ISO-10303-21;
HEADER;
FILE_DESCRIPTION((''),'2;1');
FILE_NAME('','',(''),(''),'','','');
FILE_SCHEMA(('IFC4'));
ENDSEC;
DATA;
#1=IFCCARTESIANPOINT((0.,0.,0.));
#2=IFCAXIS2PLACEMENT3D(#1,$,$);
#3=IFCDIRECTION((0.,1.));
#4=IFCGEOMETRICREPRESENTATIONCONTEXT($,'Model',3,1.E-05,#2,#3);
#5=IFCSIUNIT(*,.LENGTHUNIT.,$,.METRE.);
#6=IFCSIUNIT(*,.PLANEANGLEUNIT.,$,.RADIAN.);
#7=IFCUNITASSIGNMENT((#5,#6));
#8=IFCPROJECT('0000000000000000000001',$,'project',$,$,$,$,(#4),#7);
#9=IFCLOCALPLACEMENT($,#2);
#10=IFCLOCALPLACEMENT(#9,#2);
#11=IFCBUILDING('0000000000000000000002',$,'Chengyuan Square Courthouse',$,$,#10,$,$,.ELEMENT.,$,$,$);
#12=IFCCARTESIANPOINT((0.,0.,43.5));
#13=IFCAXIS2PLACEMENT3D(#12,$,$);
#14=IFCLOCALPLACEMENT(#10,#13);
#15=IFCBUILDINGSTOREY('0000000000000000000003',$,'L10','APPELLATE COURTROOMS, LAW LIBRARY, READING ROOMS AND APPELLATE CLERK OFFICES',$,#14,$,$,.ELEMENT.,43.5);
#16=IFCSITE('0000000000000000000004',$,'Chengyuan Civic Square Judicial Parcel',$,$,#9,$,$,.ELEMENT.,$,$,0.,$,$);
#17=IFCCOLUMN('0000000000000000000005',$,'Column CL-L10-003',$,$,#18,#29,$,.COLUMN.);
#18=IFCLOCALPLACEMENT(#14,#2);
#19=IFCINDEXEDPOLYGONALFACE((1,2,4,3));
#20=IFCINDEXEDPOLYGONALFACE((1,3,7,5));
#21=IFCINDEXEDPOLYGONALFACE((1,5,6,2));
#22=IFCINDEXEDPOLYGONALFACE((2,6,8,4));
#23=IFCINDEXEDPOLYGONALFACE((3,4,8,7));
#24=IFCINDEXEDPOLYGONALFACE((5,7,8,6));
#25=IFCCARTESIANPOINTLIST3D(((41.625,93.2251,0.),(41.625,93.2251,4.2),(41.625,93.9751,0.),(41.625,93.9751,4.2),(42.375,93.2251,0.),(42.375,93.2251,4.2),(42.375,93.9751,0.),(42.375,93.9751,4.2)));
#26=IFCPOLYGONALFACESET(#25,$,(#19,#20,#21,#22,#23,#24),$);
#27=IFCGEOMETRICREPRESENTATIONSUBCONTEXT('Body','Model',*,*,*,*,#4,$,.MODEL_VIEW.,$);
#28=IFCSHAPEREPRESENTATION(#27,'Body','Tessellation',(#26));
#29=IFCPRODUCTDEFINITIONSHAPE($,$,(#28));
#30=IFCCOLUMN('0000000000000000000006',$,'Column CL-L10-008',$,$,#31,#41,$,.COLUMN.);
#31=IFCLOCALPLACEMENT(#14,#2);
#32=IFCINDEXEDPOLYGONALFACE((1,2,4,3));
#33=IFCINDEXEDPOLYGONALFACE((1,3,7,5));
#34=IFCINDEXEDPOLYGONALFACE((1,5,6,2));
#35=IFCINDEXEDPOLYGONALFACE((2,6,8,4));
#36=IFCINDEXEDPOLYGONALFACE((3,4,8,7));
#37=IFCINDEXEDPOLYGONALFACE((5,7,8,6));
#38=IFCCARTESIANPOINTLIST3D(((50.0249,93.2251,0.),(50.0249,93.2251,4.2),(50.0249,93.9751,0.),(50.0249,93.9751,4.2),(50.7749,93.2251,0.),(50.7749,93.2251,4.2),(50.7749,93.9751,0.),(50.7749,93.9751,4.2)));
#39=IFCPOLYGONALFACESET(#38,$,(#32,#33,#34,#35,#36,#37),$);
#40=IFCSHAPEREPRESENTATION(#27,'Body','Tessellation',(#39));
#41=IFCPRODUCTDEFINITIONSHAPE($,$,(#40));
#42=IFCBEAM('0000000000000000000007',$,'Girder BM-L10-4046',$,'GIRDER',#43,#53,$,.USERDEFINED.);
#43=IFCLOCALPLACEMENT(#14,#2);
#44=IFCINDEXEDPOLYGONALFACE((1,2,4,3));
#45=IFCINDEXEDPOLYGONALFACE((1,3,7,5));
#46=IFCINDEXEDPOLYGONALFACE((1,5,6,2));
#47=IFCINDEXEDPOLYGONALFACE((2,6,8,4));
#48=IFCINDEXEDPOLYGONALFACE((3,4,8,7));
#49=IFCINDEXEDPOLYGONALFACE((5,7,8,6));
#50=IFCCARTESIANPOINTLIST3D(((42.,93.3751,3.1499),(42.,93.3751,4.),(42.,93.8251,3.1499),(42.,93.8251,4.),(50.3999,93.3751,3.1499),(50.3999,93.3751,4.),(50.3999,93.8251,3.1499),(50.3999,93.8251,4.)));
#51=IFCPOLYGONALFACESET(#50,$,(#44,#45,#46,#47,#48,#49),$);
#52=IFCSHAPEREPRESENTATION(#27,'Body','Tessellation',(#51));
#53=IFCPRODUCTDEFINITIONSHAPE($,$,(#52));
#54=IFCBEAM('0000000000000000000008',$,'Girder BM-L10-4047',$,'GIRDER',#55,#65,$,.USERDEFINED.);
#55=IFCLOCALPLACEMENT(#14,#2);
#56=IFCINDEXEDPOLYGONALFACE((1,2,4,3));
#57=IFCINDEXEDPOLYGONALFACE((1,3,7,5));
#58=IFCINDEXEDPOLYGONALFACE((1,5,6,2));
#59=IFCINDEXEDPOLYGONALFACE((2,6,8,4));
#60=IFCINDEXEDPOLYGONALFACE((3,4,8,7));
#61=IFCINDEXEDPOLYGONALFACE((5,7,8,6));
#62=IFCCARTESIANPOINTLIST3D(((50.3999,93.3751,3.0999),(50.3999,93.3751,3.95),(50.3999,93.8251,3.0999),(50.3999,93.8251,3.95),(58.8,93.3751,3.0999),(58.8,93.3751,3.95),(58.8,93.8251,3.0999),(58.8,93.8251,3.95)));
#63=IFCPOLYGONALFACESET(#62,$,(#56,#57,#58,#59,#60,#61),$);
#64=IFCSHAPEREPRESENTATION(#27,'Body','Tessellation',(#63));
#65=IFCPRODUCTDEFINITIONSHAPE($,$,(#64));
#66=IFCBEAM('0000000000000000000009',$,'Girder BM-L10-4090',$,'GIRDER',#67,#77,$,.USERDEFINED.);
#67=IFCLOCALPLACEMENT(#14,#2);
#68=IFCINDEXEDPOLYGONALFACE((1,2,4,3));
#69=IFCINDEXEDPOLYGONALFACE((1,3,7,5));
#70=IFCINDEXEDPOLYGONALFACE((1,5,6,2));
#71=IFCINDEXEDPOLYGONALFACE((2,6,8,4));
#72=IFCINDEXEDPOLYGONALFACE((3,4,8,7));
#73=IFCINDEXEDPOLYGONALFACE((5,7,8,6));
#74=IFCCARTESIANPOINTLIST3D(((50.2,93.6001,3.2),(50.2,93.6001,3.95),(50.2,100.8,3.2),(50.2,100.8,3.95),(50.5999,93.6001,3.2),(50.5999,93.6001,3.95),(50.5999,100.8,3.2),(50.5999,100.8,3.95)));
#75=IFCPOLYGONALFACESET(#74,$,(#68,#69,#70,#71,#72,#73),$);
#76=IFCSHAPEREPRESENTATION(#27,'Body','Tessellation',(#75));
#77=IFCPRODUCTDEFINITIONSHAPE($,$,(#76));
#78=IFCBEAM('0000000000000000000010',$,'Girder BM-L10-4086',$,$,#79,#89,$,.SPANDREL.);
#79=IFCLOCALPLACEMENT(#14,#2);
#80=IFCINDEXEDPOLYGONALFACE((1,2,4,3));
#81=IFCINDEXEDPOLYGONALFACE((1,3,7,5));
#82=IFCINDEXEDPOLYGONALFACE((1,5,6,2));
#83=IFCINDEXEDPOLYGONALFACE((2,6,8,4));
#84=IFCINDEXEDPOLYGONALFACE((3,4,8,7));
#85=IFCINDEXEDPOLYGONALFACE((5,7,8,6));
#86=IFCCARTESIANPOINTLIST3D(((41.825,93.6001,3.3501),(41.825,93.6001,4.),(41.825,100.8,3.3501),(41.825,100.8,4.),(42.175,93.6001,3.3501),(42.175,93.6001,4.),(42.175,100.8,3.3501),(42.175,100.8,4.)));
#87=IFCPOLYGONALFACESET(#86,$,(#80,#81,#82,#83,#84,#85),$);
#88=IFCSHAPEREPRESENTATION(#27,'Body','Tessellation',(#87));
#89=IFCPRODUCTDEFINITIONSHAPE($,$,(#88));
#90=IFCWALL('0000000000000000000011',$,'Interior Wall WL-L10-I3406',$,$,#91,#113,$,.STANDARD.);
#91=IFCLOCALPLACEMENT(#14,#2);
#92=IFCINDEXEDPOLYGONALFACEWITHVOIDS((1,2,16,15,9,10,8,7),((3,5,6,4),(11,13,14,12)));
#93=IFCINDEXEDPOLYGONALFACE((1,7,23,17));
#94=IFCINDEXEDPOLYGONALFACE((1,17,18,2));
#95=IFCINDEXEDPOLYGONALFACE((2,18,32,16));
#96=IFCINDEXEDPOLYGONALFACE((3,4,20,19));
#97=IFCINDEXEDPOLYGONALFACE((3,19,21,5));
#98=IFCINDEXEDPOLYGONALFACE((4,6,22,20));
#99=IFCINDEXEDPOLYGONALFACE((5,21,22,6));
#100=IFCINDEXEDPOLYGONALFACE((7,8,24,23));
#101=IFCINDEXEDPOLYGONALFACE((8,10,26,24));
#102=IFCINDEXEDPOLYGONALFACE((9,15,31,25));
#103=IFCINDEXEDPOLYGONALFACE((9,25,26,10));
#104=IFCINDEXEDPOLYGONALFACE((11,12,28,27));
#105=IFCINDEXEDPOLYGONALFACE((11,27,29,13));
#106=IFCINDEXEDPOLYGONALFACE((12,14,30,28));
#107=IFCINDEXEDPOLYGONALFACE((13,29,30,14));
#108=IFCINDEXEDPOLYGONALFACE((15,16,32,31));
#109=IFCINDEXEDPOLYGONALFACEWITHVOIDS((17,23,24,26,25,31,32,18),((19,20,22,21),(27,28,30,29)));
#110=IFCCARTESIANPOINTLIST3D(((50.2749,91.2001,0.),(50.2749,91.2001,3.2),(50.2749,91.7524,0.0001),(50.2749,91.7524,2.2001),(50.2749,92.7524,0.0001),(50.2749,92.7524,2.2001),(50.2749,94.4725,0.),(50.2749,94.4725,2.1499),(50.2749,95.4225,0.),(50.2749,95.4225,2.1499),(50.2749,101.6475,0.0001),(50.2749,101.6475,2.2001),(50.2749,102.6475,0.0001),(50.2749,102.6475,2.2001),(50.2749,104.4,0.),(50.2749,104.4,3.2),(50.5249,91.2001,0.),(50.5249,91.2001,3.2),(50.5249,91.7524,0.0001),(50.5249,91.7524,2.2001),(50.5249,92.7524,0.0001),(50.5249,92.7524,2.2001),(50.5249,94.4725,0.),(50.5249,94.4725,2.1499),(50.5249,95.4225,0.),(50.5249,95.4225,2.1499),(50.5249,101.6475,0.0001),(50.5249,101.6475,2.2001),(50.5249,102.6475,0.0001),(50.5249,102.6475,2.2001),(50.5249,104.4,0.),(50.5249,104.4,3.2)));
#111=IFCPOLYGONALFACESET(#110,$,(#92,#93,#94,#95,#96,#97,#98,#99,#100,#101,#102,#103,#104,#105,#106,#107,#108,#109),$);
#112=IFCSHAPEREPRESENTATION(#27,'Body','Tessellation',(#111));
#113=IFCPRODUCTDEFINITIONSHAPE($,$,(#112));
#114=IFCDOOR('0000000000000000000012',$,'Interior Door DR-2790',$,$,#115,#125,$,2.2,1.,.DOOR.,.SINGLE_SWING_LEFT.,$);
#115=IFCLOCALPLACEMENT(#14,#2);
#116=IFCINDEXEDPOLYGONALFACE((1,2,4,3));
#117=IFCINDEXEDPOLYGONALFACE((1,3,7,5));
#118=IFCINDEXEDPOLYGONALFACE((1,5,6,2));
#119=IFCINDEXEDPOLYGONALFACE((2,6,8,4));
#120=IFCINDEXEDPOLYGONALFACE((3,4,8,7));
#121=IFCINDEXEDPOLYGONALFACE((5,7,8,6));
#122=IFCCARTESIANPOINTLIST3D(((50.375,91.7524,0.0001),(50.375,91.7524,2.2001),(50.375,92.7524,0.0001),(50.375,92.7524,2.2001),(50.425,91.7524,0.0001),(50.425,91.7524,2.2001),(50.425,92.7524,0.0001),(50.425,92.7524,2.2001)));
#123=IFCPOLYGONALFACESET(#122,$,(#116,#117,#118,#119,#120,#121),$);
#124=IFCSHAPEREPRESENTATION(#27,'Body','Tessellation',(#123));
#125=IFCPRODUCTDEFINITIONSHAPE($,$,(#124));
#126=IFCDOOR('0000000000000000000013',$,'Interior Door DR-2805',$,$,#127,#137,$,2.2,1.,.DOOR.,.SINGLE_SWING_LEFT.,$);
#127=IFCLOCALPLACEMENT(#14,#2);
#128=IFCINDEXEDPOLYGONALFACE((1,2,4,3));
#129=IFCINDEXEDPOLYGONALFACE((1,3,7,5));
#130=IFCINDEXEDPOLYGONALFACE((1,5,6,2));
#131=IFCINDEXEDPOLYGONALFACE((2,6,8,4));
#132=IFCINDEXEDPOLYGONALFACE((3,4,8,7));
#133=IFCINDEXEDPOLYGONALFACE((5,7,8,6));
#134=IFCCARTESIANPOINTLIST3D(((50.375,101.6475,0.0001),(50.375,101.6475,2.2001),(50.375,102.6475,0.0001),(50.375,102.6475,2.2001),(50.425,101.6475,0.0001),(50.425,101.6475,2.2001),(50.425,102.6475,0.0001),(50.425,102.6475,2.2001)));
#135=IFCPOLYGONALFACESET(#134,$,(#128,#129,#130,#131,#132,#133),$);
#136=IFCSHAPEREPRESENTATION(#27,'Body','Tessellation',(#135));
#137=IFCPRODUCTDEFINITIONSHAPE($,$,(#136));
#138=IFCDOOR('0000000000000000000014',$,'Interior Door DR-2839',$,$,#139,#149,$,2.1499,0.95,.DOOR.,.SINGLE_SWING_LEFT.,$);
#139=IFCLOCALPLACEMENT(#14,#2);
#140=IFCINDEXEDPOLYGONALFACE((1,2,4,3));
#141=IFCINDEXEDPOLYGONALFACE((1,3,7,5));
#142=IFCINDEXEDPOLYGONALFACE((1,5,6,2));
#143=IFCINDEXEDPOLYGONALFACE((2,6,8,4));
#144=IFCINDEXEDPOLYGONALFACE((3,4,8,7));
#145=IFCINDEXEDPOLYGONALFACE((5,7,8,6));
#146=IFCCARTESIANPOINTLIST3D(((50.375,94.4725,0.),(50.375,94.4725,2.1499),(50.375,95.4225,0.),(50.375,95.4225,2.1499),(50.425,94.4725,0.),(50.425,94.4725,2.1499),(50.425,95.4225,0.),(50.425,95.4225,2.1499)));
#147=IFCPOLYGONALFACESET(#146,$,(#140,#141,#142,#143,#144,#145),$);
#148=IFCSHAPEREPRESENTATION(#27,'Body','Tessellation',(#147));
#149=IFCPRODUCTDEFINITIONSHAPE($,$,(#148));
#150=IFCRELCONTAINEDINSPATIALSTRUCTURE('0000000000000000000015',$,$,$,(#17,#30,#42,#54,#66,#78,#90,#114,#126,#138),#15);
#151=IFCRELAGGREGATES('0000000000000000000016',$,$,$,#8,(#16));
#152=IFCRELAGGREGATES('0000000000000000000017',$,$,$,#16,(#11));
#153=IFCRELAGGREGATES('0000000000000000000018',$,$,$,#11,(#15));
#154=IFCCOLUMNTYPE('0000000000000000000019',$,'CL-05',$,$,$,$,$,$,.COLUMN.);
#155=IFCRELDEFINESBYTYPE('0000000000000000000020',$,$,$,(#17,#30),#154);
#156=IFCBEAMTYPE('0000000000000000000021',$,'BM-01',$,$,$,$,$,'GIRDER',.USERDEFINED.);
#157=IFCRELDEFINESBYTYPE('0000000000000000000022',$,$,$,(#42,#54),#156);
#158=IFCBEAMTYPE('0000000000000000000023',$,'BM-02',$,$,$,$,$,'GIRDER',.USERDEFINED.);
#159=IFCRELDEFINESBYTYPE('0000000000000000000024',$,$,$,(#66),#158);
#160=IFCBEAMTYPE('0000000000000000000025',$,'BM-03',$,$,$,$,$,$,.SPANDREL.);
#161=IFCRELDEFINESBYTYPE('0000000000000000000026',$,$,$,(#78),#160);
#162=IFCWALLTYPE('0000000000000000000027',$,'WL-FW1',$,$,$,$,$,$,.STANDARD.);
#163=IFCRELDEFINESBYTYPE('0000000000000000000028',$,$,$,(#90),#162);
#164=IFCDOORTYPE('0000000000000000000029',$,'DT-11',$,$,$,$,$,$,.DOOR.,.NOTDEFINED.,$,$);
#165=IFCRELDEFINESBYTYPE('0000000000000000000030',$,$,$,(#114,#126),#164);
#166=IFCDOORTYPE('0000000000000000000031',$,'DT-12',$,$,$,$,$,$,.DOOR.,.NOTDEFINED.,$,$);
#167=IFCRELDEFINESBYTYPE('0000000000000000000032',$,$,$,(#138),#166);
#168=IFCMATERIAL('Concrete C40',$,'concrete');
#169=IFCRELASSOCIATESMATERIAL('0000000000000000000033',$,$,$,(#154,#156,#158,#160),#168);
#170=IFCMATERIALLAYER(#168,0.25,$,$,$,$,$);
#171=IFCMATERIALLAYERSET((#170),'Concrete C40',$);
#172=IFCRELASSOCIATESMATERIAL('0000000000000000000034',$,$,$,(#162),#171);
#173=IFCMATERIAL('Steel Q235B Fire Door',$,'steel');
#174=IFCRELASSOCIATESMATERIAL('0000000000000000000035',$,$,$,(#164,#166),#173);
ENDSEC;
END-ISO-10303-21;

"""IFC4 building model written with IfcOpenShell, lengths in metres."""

from ifc_helpers import new_model, si_unit, direction, frame, frame_2d, origin, origin_2d, place, context, subcontext, project, spatial, rectangle, extrude, material, layer, layer_set, material_profile, profile_set, type_object, element, fill, save


model = new_model("IFC4")

# Units and contexts
model_context = context("Model", 3, precision=1e-05, world=origin(), true_north=direction((0.0, 1.0)))
body_context = subcontext(model_context, "Body", "Model", "MODEL_VIEW")
ifc_project = project(units=[si_unit("LENGTHUNIT", "METRE"), si_unit("PLANEANGLEUNIT", "RADIAN")], contexts=[model_context])

# Site, building, storey
site_placement = place(None, origin())
site = spatial("IfcSite", under=ifc_project, at=site_placement, Name="Chengyuan Civic Square Judicial Parcel", CompositionType="ELEMENT", RefElevation=0.0)
building_placement = place(site_placement, origin())
building = spatial("IfcBuilding", under=site, at=building_placement, Name="Chengyuan Square Courthouse", CompositionType="ELEMENT")
storey_placement = place(building_placement, frame((0.0, 0.0, 43.5)))
storey = spatial("IfcBuildingStorey", under=building, at=storey_placement, Name="L10", Description="APPELLATE COURTROOMS, LAW LIBRARY, READING ROOMS AND APPELLATE CLERK OFFICES", CompositionType="ELEMENT", Elevation=43.5)

# Columns
ifc_material_1 = material(Name="Concrete C40", Category="concrete")
ifc_material_profile_1 = material_profile(ifc_material_1, rectangle(XDim=0.75, YDim=0.75, at=origin_2d()), Name="RC-COL-750x750")
ifc_profile_set_1 = profile_set([ifc_material_profile_1], Name="Concrete C40")
column_type = type_object("IfcColumnType", Name="CL-05", PredefinedType="COLUMN", material=ifc_profile_set_1)
for number, where, z_axis, x_axis, name in (
    (1, (42.0, 93.6001, 0.0), (0.0, 0.0, 1.0), (1.0, 0.0, 0.0), "Column CL-L10-003"),
    (2, (50.3999, 93.6001, 0.0), (0.0, 0.0, 1.0), (1.0, 0.0, 0.0), "Column CL-L10-008"),
):
    element("IfcColumn", number, at=place(storey_placement, frame(where, z_axis=z_axis, x_axis=x_axis)), inside=storey, type_object=column_type, Name=name, PredefinedType="COLUMN", context=body_context, shape_type="SweptSolid", body=[
        extrude(rectangle(XDim=0.75, YDim=0.75, at=origin_2d()), origin(), (0.0, 0.0, 1.0), 4.2),
    ])

# Beams
ifc_material_profile_2 = material_profile(ifc_material_1, rectangle(XDim=0.45, YDim=0.8501, at=origin_2d()), Name="RC-BM-450x850")
ifc_profile_set_2 = profile_set([ifc_material_profile_2], Name="Concrete C40")
beam_type_1 = type_object("IfcBeamType", Name="BM-01", ElementType="GIRDER", PredefinedType="USERDEFINED", material=ifc_profile_set_2)
beam_1_placement = place(storey_placement, frame((42.0, 93.6001, 3.575), z_axis=(1.0, 0.0, 0.0), x_axis=(0.0, 1.0, 0.0)))
element("IfcBeam", 3, at=beam_1_placement, inside=storey, type_object=beam_type_1, Name="Girder BM-L10-4046", ObjectType="GIRDER", PredefinedType="USERDEFINED", context=body_context, shape_type="SweptSolid", body=[
    extrude(rectangle(XDim=0.45, YDim=0.8501, at=origin_2d()), origin(), (0.0, 0.0, 1.0), 8.3999),
])
beam_2_placement = place(storey_placement, frame((50.3999, 93.6001, 3.5249), z_axis=(1.0, 0.0, 0.0), x_axis=(0.0, 1.0, 0.0)))
element("IfcBeam", 4, at=beam_2_placement, inside=storey, type_object=beam_type_1, Name="Girder BM-L10-4047", ObjectType="GIRDER", PredefinedType="USERDEFINED", context=body_context, shape_type="SweptSolid", body=[
    extrude(rectangle(XDim=0.45, YDim=0.8501, at=origin_2d()), origin(), (0.0, 0.0, 1.0), 8.4001),
])
ifc_material_profile_3 = material_profile(ifc_material_1, rectangle(XDim=0.3999, YDim=0.75, at=origin_2d()), Name="RC-BM-400x750")
ifc_profile_set_3 = profile_set([ifc_material_profile_3], Name="Concrete C40")
beam_type_2 = type_object("IfcBeamType", Name="BM-02", ElementType="GIRDER", PredefinedType="USERDEFINED", material=ifc_profile_set_3)
beam_3_placement = place(storey_placement, frame((50.3999, 93.6001, 3.575), z_axis=(0.0, 1.0, 0.0), x_axis=(-1.0, 0.0, 0.0)))
element("IfcBeam", 5, at=beam_3_placement, inside=storey, type_object=beam_type_2, Name="Girder BM-L10-4090", ObjectType="GIRDER", PredefinedType="USERDEFINED", context=body_context, shape_type="SweptSolid", body=[
    extrude(rectangle(XDim=0.3999, YDim=0.75, at=origin_2d()), origin(), (0.0, 0.0, 1.0), 7.2),
])
ifc_material_profile_4 = material_profile(ifc_material_1, rectangle(XDim=0.3501, YDim=0.6499, at=origin_2d()), Name="RC-BM-350x650")
ifc_profile_set_4 = profile_set([ifc_material_profile_4], Name="Concrete C40")
beam_type_3 = type_object("IfcBeamType", Name="BM-03", PredefinedType="SPANDREL", material=ifc_profile_set_4)
beam_4_placement = place(storey_placement, frame((42.0, 93.6001, 3.675), z_axis=(0.0, 1.0, 0.0), x_axis=(-1.0, 0.0, 0.0)))
element("IfcBeam", 6, at=beam_4_placement, inside=storey, type_object=beam_type_3, Name="Girder BM-L10-4086", PredefinedType="SPANDREL", context=body_context, shape_type="SweptSolid", body=[
    extrude(rectangle(XDim=0.3501, YDim=0.6499, at=origin_2d()), origin(), (0.0, 0.0, 1.0), 7.2),
])

# Shared definitions
ifc_layer_1 = layer(ifc_material_1, 0.25)
ifc_layer_set_1 = layer_set([ifc_layer_1], Name="Concrete C40")
wall_type_1 = type_object("IfcWallType", Name="WL-FW1", PredefinedType="STANDARD", material=ifc_layer_set_1)

# Wall, openings, doors
wall_1_placement = place(storey_placement, frame((50.3999, 91.2, 0.0), z_axis=(0.0, 0.0, 1.0), x_axis=(0.0, 1.0, 0.0)))
wall_1 = element("IfcWall", 7, at=wall_1_placement, inside=storey, type_object=wall_type_1, Name="Interior Wall WL-L10-I3406", PredefinedType="STANDARD", context=body_context, shape_type="SweptSolid", body=[
    extrude(rectangle(XDim=13.2, YDim=0.25, at=frame_2d((6.6001, 0.0))), origin(), (0.0, 0.0, 1.0), 3.2),
])
opening_1_placement = place(wall_1_placement, frame((0.5525, 0.0, 0.0)))
opening_1 = element("IfcOpeningElement", 8, at=opening_1_placement, cuts=wall_1, PredefinedType="OPENING", context=body_context, shape_type="SweptSolid", body=[
    extrude(rectangle(XDim=1.0, YDim=2.2, at=frame_2d((0.5, 1.1001))), frame((0.0, 0.137, 0.0), z_axis=(0.0, -1.0, 0.0), x_axis=(1.0, 0.0, 0.0)), (0.0, 0.0, 1.0), 0.2739),
])
opening_2_placement = place(wall_1_placement, frame((10.4475, 0.0, 0.0)))
opening_2 = element("IfcOpeningElement", 9, at=opening_2_placement, cuts=wall_1, PredefinedType="OPENING", context=body_context, shape_type="SweptSolid", body=[
    extrude(rectangle(XDim=1.0, YDim=2.2, at=frame_2d((0.5, 1.1001))), frame((0.0, 0.137, 0.0), z_axis=(0.0, -1.0, 0.0), x_axis=(1.0, 0.0, 0.0)), (0.0, 0.0, 1.0), 0.2739),
])
opening_3_placement = place(wall_1_placement, frame((3.2725, 0.0, 0.0)))
opening_3 = element("IfcOpeningElement", 10, at=opening_3_placement, cuts=wall_1, PredefinedType="OPENING", context=body_context, shape_type="SweptSolid", body=[
    extrude(rectangle(XDim=0.95, YDim=2.1499, at=frame_2d((0.4751, 1.075))), frame((0.0, 0.137, 0.0), z_axis=(0.0, -1.0, 0.0), x_axis=(1.0, 0.0, 0.0)), (0.0, 0.0, 1.0), 0.2739),
])
ifc_material_2 = material(Name="Steel Q235B Fire Door", Category="steel")
door_type_1 = type_object("IfcDoorType", Name="DT-11", OperationType="NOTDEFINED", PredefinedType="DOOR", material=ifc_material_2)
door_1_placement = place(opening_1_placement, origin())
door_1 = element("IfcDoor", 11, at=door_1_placement, inside=storey, type_object=door_type_1, Name="Interior Door DR-2790", OperationType="SINGLE_SWING_LEFT", OverallHeight=2.2, OverallWidth=1.0, PredefinedType="DOOR", context=body_context, shape_type="SweptSolid", body=[
    extrude(rectangle(XDim=1.0, YDim=2.2, at=frame_2d((0.5, 1.1001))), frame((0.0, 0.0249, 0.0), z_axis=(0.0, -1.0, 0.0), x_axis=(1.0, 0.0, 0.0)), (0.0, 0.0, 1.0), 0.05),
])
fill(opening_1, door_1)
door_2_placement = place(opening_2_placement, origin())
door_2 = element("IfcDoor", 12, at=door_2_placement, inside=storey, type_object=door_type_1, Name="Interior Door DR-2805", OperationType="SINGLE_SWING_LEFT", OverallHeight=2.2, OverallWidth=1.0, PredefinedType="DOOR", context=body_context, shape_type="SweptSolid", body=[
    extrude(rectangle(XDim=1.0, YDim=2.2, at=frame_2d((0.5, 1.1001))), frame((0.0, 0.0249, 0.0), z_axis=(0.0, -1.0, 0.0), x_axis=(1.0, 0.0, 0.0)), (0.0, 0.0, 1.0), 0.05),
])
fill(opening_2, door_2)
door_type_2 = type_object("IfcDoorType", Name="DT-12", OperationType="NOTDEFINED", PredefinedType="DOOR", material=ifc_material_2)
door_3_placement = place(opening_3_placement, origin())
door_3 = element("IfcDoor", 13, at=door_3_placement, inside=storey, type_object=door_type_2, Name="Interior Door DR-2839", OperationType="SINGLE_SWING_LEFT", OverallHeight=2.1499, OverallWidth=0.95, PredefinedType="DOOR", context=body_context, shape_type="SweptSolid", body=[
    extrude(rectangle(XDim=0.95, YDim=2.1499, at=frame_2d((0.4751, 1.075))), frame((0.0, 0.0249, 0.0), z_axis=(0.0, -1.0, 0.0), x_axis=(1.0, 0.0, 0.0)), (0.0, 0.0, 1.0), 0.05),
])
fill(opening_3, door_3)

save(model, "model.ifc")
